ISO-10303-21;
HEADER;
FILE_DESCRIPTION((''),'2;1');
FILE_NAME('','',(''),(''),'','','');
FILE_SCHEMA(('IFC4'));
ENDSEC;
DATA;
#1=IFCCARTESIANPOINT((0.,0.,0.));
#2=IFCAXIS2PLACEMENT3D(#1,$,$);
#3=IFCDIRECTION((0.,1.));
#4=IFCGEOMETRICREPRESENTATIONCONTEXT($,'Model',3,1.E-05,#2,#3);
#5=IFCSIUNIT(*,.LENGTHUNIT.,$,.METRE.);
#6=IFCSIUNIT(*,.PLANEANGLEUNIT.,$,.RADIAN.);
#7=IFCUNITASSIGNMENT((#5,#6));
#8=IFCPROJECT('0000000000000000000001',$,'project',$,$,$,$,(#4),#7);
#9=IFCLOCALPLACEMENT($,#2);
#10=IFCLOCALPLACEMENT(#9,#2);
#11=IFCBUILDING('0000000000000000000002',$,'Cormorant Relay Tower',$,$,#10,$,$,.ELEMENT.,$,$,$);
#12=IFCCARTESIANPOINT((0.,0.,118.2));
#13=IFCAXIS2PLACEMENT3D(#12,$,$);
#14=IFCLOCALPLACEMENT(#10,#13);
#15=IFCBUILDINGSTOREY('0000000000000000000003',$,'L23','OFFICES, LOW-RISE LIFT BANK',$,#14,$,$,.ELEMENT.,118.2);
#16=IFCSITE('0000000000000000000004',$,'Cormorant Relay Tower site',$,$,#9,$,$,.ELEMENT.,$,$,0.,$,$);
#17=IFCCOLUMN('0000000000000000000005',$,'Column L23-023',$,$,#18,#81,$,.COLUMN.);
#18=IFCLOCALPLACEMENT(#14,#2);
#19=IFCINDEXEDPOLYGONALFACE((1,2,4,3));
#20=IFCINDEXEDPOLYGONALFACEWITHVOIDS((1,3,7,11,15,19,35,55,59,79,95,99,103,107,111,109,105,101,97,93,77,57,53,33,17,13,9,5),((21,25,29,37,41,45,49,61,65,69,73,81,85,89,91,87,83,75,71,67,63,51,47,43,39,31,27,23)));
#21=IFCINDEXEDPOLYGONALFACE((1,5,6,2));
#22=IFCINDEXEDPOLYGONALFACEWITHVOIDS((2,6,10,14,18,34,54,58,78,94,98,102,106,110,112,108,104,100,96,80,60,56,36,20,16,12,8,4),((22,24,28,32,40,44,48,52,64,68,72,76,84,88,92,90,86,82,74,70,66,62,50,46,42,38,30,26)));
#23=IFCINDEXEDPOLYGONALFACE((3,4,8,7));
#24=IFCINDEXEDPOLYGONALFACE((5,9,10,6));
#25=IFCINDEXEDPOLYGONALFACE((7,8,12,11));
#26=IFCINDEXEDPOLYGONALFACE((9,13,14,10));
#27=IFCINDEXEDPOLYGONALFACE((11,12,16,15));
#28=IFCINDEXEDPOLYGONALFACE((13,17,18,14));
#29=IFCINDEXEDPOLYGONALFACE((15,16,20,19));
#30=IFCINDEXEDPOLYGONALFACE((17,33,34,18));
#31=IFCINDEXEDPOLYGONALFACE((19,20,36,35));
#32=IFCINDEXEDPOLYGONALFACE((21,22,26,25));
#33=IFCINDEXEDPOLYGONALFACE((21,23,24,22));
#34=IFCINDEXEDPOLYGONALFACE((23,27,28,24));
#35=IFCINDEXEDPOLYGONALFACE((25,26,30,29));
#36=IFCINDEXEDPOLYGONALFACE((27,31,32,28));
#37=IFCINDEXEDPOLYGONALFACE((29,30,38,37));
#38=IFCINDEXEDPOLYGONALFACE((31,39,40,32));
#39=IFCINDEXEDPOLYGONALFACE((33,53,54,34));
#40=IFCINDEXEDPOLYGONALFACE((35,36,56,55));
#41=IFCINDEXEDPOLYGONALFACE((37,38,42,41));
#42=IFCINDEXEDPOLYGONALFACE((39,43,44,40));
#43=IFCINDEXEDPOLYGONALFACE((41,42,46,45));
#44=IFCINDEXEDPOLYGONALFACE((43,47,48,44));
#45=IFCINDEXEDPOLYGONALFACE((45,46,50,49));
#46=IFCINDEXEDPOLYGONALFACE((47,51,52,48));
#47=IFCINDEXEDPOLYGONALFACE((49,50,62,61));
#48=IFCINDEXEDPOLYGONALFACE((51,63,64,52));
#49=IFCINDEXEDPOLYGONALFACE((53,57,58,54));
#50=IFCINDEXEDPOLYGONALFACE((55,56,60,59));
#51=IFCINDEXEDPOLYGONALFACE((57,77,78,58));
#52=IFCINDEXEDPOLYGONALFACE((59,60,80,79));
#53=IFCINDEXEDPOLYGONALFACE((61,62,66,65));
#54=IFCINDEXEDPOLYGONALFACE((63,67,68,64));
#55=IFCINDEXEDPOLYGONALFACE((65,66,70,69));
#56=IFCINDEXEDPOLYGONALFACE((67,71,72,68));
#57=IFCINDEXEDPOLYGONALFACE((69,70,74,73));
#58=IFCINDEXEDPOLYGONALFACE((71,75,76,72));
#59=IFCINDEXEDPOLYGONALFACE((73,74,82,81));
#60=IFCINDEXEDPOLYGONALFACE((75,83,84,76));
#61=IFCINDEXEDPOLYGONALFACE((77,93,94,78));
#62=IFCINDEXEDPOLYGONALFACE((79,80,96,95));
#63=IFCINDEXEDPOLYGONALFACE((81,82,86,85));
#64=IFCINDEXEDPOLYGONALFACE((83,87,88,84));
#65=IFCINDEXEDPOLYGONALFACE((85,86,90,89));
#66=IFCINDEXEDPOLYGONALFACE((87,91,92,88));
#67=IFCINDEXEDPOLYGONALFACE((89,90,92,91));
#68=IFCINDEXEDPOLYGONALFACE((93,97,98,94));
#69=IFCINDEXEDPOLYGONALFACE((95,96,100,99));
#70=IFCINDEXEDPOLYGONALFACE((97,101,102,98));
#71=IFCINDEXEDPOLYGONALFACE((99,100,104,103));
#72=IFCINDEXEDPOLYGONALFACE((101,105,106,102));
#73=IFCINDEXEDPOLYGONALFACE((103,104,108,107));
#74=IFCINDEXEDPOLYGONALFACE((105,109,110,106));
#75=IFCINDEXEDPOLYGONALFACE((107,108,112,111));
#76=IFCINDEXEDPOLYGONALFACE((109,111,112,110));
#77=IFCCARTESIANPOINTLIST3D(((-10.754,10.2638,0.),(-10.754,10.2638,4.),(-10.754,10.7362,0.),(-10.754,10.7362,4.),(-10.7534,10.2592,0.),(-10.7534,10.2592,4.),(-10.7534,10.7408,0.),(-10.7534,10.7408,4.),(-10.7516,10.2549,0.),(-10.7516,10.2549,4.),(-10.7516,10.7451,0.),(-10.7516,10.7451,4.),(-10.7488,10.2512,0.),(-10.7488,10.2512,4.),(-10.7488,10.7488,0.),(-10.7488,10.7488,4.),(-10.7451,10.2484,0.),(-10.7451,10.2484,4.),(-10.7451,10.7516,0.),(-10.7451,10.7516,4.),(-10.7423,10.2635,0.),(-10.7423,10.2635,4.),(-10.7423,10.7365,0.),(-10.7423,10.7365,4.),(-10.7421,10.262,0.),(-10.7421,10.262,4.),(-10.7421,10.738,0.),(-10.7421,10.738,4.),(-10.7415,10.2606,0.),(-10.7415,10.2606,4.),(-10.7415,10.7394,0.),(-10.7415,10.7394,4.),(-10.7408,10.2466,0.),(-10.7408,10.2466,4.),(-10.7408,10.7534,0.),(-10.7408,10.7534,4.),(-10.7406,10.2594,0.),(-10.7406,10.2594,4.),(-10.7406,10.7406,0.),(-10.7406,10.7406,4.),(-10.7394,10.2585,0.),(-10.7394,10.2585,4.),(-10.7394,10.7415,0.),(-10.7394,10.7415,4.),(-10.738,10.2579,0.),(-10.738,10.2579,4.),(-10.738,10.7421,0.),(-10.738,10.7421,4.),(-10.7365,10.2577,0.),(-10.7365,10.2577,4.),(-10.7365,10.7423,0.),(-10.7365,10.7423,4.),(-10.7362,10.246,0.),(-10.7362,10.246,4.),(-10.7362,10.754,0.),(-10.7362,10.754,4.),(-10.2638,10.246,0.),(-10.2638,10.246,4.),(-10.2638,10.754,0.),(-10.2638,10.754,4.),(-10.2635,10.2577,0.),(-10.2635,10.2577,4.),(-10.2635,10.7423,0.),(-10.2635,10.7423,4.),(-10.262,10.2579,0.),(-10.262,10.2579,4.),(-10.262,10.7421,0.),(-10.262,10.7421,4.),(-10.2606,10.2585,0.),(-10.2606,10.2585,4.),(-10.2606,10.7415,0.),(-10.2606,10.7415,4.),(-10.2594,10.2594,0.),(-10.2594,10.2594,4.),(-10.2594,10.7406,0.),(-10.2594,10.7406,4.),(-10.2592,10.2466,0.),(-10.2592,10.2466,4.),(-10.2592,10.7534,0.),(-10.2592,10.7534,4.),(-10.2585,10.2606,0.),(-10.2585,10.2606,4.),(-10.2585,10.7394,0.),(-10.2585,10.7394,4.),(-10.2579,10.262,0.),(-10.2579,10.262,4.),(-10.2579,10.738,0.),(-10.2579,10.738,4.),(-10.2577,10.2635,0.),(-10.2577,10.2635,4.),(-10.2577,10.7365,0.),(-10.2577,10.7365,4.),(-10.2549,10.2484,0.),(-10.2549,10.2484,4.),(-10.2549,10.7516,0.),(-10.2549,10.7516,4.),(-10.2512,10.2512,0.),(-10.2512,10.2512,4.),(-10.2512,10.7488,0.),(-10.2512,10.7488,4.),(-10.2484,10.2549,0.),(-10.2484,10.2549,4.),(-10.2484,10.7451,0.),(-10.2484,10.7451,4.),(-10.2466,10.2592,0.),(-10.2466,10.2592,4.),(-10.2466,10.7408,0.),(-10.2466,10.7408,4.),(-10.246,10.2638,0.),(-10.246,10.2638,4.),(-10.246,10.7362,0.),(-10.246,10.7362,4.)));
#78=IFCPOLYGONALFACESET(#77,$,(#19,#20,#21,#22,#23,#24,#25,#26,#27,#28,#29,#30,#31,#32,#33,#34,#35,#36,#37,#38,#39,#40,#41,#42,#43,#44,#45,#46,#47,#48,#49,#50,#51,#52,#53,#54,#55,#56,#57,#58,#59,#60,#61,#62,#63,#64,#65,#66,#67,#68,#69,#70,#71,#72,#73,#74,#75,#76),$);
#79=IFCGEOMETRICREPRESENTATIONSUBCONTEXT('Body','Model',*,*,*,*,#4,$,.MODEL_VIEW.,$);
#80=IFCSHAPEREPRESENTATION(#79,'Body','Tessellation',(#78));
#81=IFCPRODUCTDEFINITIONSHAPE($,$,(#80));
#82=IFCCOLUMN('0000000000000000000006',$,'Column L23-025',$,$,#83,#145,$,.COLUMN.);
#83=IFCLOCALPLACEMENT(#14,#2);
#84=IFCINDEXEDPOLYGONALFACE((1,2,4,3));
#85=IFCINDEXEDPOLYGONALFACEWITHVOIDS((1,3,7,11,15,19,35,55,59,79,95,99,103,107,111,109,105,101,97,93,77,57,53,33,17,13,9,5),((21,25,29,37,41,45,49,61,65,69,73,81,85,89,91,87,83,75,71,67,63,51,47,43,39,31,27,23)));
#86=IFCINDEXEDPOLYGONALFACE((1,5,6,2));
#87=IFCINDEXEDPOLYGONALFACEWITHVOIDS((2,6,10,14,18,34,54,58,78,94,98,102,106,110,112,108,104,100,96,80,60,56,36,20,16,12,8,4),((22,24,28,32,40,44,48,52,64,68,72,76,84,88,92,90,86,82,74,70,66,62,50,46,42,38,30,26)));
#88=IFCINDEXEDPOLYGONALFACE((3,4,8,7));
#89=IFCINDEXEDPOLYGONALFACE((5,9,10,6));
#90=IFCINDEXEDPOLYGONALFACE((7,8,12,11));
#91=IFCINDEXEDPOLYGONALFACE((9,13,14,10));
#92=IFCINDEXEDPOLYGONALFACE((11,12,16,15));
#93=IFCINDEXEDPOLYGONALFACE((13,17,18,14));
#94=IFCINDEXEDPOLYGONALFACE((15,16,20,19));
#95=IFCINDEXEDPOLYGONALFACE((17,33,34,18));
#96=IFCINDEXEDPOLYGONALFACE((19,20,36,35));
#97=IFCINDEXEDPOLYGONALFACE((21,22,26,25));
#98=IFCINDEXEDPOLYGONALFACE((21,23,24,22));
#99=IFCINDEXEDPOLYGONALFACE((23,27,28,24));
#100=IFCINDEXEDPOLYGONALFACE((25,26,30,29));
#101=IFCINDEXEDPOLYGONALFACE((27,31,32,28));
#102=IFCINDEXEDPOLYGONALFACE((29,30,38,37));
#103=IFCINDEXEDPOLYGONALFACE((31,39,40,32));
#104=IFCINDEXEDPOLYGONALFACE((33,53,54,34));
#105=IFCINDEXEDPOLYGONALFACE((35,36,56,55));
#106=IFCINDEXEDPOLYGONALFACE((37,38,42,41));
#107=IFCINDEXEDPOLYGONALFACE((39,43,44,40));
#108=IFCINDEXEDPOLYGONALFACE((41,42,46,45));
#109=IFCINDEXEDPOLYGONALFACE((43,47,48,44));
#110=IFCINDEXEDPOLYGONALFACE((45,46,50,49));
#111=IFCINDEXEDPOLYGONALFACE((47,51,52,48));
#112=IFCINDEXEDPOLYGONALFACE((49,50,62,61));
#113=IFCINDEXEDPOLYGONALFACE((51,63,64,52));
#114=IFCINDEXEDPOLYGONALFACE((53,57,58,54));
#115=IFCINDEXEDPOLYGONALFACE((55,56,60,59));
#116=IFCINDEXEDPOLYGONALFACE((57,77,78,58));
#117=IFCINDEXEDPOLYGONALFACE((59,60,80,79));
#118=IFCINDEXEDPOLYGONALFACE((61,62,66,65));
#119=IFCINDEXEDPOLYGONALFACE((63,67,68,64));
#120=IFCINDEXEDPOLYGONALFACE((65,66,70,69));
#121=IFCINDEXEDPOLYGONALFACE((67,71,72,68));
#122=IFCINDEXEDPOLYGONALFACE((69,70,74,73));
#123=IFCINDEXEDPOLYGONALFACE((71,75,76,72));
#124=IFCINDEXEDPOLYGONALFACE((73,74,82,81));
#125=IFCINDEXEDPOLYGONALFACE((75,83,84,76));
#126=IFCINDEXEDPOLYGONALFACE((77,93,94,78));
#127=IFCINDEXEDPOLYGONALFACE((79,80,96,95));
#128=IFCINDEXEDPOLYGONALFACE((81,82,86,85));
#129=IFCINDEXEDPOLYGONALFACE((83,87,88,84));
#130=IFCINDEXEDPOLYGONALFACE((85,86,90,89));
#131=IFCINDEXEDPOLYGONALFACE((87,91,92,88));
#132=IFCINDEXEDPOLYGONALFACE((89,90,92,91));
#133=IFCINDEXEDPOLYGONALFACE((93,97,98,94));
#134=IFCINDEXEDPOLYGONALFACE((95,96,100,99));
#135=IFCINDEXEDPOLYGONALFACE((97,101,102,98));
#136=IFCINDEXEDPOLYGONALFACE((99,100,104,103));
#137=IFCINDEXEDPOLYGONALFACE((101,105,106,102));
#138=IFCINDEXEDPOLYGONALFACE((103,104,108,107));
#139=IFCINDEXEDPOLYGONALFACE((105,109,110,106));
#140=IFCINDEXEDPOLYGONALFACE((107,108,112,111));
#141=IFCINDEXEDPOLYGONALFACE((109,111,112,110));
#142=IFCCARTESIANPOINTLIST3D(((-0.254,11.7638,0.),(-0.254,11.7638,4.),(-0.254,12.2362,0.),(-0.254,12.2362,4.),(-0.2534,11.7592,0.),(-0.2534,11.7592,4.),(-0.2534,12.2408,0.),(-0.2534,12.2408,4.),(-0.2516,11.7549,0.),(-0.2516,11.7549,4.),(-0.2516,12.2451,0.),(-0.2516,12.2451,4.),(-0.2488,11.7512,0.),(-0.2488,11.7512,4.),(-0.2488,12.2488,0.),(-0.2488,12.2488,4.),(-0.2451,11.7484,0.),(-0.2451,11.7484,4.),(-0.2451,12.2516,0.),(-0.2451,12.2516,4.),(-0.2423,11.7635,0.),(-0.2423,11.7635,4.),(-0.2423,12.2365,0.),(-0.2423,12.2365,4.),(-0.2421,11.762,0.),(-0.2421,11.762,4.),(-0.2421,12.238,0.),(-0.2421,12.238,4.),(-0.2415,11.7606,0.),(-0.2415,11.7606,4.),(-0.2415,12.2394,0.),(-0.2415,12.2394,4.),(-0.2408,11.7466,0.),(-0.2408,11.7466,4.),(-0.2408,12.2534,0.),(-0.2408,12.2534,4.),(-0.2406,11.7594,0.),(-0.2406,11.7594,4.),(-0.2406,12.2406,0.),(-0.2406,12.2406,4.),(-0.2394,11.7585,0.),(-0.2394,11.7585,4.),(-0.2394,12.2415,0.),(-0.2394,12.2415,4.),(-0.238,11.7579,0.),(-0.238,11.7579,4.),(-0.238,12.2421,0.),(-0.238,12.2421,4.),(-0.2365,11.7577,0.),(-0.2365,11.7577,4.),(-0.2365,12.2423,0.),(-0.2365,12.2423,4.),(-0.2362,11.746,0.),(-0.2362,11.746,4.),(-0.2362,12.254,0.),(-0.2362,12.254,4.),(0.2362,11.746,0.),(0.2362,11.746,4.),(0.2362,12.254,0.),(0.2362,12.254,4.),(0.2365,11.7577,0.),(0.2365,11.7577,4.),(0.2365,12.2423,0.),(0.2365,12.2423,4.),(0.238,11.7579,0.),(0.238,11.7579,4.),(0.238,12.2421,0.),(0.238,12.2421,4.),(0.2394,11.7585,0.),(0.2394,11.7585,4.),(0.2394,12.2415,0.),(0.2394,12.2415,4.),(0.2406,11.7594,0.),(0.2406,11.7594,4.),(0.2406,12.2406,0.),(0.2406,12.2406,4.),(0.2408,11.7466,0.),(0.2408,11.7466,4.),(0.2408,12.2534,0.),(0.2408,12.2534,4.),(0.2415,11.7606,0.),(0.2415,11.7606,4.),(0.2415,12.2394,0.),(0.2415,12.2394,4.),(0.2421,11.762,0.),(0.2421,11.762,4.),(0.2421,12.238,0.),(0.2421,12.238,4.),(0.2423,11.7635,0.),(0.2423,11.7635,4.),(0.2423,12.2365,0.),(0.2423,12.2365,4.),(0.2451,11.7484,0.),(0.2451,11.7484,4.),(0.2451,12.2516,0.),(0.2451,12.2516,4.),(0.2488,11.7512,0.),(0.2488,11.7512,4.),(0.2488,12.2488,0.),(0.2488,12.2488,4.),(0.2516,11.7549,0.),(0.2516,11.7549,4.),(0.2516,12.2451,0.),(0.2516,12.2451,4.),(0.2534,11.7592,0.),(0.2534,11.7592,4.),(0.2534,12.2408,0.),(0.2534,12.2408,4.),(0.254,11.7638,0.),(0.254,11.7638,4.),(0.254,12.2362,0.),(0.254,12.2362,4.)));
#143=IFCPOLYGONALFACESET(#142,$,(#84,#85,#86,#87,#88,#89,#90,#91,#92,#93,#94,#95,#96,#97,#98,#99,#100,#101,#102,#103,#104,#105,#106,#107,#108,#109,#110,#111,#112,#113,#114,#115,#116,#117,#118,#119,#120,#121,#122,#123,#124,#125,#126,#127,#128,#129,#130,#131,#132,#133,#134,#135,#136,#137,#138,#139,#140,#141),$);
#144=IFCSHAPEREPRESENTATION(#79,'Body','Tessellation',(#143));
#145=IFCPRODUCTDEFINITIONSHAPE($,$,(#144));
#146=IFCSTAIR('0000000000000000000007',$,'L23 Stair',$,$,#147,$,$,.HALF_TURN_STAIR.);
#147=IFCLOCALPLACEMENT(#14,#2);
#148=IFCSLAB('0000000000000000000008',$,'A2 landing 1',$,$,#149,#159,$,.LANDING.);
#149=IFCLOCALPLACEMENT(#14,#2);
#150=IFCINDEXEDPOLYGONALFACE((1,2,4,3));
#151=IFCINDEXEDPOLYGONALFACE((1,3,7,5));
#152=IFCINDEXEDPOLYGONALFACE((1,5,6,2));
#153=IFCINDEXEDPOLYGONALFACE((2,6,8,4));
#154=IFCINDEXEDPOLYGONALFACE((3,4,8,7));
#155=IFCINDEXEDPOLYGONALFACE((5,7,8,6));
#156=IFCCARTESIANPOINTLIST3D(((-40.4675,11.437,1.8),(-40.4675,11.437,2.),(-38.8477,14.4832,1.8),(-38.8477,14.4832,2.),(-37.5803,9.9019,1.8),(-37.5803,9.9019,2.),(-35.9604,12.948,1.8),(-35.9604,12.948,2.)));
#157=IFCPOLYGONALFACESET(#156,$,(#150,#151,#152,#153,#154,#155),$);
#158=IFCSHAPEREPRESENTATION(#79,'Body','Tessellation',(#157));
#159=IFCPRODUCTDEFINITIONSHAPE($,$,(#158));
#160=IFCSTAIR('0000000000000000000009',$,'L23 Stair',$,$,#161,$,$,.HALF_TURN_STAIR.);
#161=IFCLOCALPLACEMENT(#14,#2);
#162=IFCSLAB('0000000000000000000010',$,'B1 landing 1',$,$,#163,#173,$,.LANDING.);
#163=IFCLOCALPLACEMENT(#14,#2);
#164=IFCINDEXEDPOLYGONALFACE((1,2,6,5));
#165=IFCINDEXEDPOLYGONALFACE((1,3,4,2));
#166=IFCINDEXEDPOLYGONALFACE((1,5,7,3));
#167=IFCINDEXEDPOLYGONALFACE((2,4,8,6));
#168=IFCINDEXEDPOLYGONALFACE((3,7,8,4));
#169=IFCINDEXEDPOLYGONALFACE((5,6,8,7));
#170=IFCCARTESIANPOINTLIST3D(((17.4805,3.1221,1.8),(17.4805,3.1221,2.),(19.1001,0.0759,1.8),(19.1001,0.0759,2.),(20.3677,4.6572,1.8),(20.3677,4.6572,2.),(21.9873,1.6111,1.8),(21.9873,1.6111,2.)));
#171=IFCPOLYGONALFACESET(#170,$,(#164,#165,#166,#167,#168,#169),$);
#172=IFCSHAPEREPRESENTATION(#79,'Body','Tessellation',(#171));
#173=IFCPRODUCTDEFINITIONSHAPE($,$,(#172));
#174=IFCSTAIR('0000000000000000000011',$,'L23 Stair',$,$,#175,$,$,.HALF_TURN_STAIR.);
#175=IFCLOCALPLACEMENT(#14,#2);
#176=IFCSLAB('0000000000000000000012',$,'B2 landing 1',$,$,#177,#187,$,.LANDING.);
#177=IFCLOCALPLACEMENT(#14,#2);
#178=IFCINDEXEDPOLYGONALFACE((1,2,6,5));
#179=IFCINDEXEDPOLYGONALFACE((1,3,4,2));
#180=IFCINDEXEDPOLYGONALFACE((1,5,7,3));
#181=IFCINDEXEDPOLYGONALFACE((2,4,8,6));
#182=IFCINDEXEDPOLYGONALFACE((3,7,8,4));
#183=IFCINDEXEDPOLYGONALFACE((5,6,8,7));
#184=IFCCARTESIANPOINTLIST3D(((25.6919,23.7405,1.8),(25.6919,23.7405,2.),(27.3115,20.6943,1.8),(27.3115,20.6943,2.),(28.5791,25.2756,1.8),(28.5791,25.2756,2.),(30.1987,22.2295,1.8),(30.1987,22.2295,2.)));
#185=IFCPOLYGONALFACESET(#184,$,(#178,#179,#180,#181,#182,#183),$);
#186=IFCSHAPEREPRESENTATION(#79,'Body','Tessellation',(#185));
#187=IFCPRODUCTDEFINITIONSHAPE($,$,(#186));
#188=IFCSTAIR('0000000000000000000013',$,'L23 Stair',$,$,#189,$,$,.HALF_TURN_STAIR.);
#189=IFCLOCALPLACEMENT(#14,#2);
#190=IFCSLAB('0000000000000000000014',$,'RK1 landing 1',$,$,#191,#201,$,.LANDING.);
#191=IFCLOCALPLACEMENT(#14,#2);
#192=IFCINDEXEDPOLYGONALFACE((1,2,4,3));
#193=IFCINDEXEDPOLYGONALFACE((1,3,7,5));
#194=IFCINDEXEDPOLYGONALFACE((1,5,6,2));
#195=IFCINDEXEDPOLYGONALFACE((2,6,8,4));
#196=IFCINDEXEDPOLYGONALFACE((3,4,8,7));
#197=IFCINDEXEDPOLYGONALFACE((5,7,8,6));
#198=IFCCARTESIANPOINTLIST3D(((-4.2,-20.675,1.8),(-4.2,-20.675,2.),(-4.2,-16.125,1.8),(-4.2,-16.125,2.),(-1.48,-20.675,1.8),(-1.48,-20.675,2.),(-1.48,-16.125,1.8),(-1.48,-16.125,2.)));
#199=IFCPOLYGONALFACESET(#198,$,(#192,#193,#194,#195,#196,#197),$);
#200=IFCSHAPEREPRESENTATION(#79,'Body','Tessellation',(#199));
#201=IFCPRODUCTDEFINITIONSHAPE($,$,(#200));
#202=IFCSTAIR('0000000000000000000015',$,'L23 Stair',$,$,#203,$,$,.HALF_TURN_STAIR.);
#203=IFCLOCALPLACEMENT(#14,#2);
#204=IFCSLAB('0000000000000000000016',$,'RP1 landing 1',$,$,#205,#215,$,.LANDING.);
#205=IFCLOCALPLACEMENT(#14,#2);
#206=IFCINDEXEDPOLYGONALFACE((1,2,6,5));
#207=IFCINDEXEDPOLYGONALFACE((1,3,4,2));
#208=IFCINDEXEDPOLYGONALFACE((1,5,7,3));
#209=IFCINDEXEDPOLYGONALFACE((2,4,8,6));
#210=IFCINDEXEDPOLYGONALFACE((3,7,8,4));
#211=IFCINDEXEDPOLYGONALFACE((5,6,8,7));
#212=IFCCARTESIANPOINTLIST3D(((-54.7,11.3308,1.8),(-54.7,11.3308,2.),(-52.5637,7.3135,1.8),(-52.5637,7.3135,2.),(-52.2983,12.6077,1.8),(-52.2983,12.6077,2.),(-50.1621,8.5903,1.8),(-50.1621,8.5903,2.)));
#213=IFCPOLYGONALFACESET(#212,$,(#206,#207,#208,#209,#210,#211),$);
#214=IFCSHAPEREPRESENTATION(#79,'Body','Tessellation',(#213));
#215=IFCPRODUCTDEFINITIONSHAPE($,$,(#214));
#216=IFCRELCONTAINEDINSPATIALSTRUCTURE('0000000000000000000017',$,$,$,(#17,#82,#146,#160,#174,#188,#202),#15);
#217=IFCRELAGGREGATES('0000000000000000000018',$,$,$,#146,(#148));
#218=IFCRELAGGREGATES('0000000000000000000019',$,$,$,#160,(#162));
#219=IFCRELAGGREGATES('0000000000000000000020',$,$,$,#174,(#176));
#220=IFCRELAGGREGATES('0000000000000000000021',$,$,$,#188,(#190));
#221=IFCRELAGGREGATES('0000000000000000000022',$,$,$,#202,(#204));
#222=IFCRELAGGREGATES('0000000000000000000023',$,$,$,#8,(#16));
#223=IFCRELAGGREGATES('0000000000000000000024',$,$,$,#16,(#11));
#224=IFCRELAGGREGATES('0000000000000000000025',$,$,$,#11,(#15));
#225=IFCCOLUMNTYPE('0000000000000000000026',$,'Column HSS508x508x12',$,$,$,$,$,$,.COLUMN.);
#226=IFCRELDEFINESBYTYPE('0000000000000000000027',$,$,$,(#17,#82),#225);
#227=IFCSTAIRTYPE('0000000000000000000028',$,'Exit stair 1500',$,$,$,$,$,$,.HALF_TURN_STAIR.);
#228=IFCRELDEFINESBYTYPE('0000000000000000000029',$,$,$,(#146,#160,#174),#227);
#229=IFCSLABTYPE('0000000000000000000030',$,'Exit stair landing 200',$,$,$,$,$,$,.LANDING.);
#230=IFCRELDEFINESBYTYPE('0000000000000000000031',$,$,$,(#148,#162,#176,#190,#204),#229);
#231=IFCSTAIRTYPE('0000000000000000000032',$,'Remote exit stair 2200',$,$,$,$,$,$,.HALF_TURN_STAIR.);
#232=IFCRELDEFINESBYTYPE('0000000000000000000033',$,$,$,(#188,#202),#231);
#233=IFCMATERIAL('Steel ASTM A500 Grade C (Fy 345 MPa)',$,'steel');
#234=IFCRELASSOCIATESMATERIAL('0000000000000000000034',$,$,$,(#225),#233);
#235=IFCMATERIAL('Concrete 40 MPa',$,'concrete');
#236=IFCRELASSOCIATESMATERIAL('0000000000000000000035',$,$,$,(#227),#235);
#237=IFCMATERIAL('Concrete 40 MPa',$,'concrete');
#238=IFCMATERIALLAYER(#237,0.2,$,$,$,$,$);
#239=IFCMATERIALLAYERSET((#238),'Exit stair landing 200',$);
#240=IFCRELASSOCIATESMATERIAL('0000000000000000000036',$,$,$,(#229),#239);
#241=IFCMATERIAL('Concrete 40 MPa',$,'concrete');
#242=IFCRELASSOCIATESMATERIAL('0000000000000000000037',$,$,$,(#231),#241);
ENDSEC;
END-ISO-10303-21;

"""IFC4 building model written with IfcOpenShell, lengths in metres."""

from ifc_helpers import new_model, si_unit, direction, frame, origin, origin_2d, place, context, subcontext, project, spatial, polyline, hollow_rectangle, outline, extrude, material, layer, layer_set, material_profile, profile_set, type_object, element, aggregate, save


model = new_model("IFC4")

# Units and contexts
model_context = context("Model", 3, precision=1e-05, world=origin(), true_north=direction((0.0, 1.0)))
body_context = subcontext(model_context, "Body", "Model", "MODEL_VIEW")
ifc_project = project(units=[si_unit("LENGTHUNIT", "METRE"), si_unit("PLANEANGLEUNIT", "RADIAN")], contexts=[model_context])

# Site, building, storey
site_placement = place(None, origin())
site = spatial("IfcSite", under=ifc_project, at=site_placement, Name="Cormorant Relay Tower site", CompositionType="ELEMENT", RefElevation=0.0)
building_placement = place(site_placement, origin())
building = spatial("IfcBuilding", under=site, at=building_placement, Name="Cormorant Relay Tower", CompositionType="ELEMENT")
storey_placement = place(building_placement, frame((0.0, 0.0, 118.2)))
storey = spatial("IfcBuildingStorey", under=building, at=storey_placement, Name="L23", Description="OFFICES, LOW-RISE LIFT BANK", CompositionType="ELEMENT", Elevation=118.2)

# Columns
ifc_material_1 = material(Name="Steel ASTM A500 Grade C (Fy 345 MPa)", Category="steel")
ifc_material_profile = material_profile(ifc_material_1, hollow_rectangle(XDim=0.5081, YDim=0.5081, WallThickness=0.0117, InnerFilletRadius=0.0059, OuterFilletRadius=0.0178, at=origin_2d()), Name="HSS508x508x12")
ifc_profile_set = profile_set([ifc_material_profile], Name="Steel ASTM A500 Grade C (Fy 345 MPa)")
column_type = type_object("IfcColumnType", Name="Column HSS508x508x12", PredefinedType="COLUMN", material=ifc_profile_set)
for number, where, z_axis, x_axis, name in (
    (1, (-10.5, 10.5, 0.0), (0.0, 0.0, 1.0), (1.0, 0.0, 0.0), "Column L23-023"),
    (2, (0.0, 12.0, 0.0), (0.0, 0.0, 1.0), (1.0, 0.0, 0.0), "Column L23-025"),
):
    element("IfcColumn", number, at=place(storey_placement, frame(where, z_axis=z_axis, x_axis=x_axis)), inside=storey, type_object=column_type, Name=name, PredefinedType="COLUMN", context=body_context, shape_type="SweptSolid", body=[
        extrude(hollow_rectangle(XDim=0.5081, YDim=0.5081, WallThickness=0.0117, InnerFilletRadius=0.0059, OuterFilletRadius=0.0178, at=origin_2d()), origin(), (0.0, 0.0, 1.0), 4.0),
    ])

# Stairs, slabs
ifc_material_2 = material(Name="Concrete 40 MPa", Category="concrete")
stair_type_1 = type_object("IfcStairType", Name="Exit stair 1500", PredefinedType="HALF_TURN_STAIR", material=ifc_material_2)
stair_1_placement = place(storey_placement, origin())
stair_1 = element("IfcStair", 3, at=stair_1_placement, inside=storey, type_object=stair_type_1, Name="L23 Stair", PredefinedType="HALF_TURN_STAIR")
ifc_material_3 = material(Name="Concrete 40 MPa", Category="concrete")
ifc_layer_1 = layer(ifc_material_3, 0.2)
ifc_layer_set_1 = layer_set([ifc_layer_1], Name="Exit stair landing 200")
slab_type_1 = type_object("IfcSlabType", Name="Exit stair landing 200", PredefinedType="LANDING", material=ifc_layer_set_1)
slab_1_placement = place(storey_placement, frame((0.0, 0.0, 1.8)))
slab_1 = element("IfcSlab", 4, at=slab_1_placement, type_object=slab_type_1, Name="A2 landing 1", PredefinedType="LANDING", context=body_context, shape_type="SweptSolid", body=[
    extrude(outline(polyline([(-35.9604, 12.948), (-38.8477, 14.4832), (-40.4675, 11.437), (-37.5803, 9.9019), (-35.9604, 12.948)])), origin(), (0.0, 0.0, 1.0), 0.2),
])
aggregate(stair_1, [slab_1])
stair_2_placement = place(storey_placement, origin())
stair_2 = element("IfcStair", 5, at=stair_2_placement, inside=storey, type_object=stair_type_1, Name="L23 Stair", PredefinedType="HALF_TURN_STAIR")
slab_2_placement = place(storey_placement, frame((0.0, 0.0, 1.8)))
slab_2 = element("IfcSlab", 6, at=slab_2_placement, type_object=slab_type_1, Name="B1 landing 1", PredefinedType="LANDING", context=body_context, shape_type="SweptSolid", body=[
    extrude(outline(polyline([(20.3677, 4.6572), (17.4805, 3.1221), (19.1001, 0.0759), (21.9873, 1.6111), (20.3677, 4.6572)])), origin(), (0.0, 0.0, 1.0), 0.2),
])
aggregate(stair_2, [slab_2])
stair_3_placement = place(storey_placement, origin())
stair_3 = element("IfcStair", 7, at=stair_3_placement, inside=storey, type_object=stair_type_1, Name="L23 Stair", PredefinedType="HALF_TURN_STAIR")
slab_3_placement = place(storey_placement, frame((0.0, 0.0, 1.8)))
slab_3 = element("IfcSlab", 8, at=slab_3_placement, type_object=slab_type_1, Name="B2 landing 1", PredefinedType="LANDING", context=body_context, shape_type="SweptSolid", body=[
    extrude(outline(polyline([(27.3115, 20.6943), (30.1987, 22.2295), (28.5791, 25.2756), (25.6919, 23.7405), (27.3115, 20.6943)])), origin(), (0.0, 0.0, 1.0), 0.2),
])
aggregate(stair_3, [slab_3])
ifc_material_4 = material(Name="Concrete 40 MPa", Category="concrete")
stair_type_2 = type_object("IfcStairType", Name="Remote exit stair 2200", PredefinedType="HALF_TURN_STAIR", material=ifc_material_4)
stair_4_placement = place(storey_placement, origin())
stair_4 = element("IfcStair", 9, at=stair_4_placement, inside=storey, type_object=stair_type_2, Name="L23 Stair", PredefinedType="HALF_TURN_STAIR")
slab_4_placement = place(storey_placement, frame((0.0, 0.0, 1.8)))
slab_4 = element("IfcSlab", 10, at=slab_4_placement, type_object=slab_type_1, Name="RK1 landing 1", PredefinedType="LANDING", context=body_context, shape_type="SweptSolid", body=[
    extrude(outline(polyline([(-1.48, -16.125), (-4.2, -16.125), (-4.2, -20.675), (-1.48, -20.675), (-1.48, -16.125)])), origin(), (0.0, 0.0, 1.0), 0.2),
])
aggregate(stair_4, [slab_4])
stair_5_placement = place(storey_placement, origin())
stair_5 = element("IfcStair", 11, at=stair_5_placement, inside=storey, type_object=stair_type_2, Name="L23 Stair", PredefinedType="HALF_TURN_STAIR")
slab_5_placement = place(storey_placement, frame((0.0, 0.0, 1.8)))
slab_5 = element("IfcSlab", 12, at=slab_5_placement, type_object=slab_type_1, Name="RP1 landing 1", PredefinedType="LANDING", context=body_context, shape_type="SweptSolid", body=[
    extrude(outline(polyline([(-52.2983, 12.6077), (-54.7, 11.3308), (-52.5637, 7.3135), (-50.1621, 8.5903), (-52.2983, 12.6077)])), origin(), (0.0, 0.0, 1.0), 0.2),
])
aggregate(stair_5, [slab_5])

save(model, "model.ifc")
